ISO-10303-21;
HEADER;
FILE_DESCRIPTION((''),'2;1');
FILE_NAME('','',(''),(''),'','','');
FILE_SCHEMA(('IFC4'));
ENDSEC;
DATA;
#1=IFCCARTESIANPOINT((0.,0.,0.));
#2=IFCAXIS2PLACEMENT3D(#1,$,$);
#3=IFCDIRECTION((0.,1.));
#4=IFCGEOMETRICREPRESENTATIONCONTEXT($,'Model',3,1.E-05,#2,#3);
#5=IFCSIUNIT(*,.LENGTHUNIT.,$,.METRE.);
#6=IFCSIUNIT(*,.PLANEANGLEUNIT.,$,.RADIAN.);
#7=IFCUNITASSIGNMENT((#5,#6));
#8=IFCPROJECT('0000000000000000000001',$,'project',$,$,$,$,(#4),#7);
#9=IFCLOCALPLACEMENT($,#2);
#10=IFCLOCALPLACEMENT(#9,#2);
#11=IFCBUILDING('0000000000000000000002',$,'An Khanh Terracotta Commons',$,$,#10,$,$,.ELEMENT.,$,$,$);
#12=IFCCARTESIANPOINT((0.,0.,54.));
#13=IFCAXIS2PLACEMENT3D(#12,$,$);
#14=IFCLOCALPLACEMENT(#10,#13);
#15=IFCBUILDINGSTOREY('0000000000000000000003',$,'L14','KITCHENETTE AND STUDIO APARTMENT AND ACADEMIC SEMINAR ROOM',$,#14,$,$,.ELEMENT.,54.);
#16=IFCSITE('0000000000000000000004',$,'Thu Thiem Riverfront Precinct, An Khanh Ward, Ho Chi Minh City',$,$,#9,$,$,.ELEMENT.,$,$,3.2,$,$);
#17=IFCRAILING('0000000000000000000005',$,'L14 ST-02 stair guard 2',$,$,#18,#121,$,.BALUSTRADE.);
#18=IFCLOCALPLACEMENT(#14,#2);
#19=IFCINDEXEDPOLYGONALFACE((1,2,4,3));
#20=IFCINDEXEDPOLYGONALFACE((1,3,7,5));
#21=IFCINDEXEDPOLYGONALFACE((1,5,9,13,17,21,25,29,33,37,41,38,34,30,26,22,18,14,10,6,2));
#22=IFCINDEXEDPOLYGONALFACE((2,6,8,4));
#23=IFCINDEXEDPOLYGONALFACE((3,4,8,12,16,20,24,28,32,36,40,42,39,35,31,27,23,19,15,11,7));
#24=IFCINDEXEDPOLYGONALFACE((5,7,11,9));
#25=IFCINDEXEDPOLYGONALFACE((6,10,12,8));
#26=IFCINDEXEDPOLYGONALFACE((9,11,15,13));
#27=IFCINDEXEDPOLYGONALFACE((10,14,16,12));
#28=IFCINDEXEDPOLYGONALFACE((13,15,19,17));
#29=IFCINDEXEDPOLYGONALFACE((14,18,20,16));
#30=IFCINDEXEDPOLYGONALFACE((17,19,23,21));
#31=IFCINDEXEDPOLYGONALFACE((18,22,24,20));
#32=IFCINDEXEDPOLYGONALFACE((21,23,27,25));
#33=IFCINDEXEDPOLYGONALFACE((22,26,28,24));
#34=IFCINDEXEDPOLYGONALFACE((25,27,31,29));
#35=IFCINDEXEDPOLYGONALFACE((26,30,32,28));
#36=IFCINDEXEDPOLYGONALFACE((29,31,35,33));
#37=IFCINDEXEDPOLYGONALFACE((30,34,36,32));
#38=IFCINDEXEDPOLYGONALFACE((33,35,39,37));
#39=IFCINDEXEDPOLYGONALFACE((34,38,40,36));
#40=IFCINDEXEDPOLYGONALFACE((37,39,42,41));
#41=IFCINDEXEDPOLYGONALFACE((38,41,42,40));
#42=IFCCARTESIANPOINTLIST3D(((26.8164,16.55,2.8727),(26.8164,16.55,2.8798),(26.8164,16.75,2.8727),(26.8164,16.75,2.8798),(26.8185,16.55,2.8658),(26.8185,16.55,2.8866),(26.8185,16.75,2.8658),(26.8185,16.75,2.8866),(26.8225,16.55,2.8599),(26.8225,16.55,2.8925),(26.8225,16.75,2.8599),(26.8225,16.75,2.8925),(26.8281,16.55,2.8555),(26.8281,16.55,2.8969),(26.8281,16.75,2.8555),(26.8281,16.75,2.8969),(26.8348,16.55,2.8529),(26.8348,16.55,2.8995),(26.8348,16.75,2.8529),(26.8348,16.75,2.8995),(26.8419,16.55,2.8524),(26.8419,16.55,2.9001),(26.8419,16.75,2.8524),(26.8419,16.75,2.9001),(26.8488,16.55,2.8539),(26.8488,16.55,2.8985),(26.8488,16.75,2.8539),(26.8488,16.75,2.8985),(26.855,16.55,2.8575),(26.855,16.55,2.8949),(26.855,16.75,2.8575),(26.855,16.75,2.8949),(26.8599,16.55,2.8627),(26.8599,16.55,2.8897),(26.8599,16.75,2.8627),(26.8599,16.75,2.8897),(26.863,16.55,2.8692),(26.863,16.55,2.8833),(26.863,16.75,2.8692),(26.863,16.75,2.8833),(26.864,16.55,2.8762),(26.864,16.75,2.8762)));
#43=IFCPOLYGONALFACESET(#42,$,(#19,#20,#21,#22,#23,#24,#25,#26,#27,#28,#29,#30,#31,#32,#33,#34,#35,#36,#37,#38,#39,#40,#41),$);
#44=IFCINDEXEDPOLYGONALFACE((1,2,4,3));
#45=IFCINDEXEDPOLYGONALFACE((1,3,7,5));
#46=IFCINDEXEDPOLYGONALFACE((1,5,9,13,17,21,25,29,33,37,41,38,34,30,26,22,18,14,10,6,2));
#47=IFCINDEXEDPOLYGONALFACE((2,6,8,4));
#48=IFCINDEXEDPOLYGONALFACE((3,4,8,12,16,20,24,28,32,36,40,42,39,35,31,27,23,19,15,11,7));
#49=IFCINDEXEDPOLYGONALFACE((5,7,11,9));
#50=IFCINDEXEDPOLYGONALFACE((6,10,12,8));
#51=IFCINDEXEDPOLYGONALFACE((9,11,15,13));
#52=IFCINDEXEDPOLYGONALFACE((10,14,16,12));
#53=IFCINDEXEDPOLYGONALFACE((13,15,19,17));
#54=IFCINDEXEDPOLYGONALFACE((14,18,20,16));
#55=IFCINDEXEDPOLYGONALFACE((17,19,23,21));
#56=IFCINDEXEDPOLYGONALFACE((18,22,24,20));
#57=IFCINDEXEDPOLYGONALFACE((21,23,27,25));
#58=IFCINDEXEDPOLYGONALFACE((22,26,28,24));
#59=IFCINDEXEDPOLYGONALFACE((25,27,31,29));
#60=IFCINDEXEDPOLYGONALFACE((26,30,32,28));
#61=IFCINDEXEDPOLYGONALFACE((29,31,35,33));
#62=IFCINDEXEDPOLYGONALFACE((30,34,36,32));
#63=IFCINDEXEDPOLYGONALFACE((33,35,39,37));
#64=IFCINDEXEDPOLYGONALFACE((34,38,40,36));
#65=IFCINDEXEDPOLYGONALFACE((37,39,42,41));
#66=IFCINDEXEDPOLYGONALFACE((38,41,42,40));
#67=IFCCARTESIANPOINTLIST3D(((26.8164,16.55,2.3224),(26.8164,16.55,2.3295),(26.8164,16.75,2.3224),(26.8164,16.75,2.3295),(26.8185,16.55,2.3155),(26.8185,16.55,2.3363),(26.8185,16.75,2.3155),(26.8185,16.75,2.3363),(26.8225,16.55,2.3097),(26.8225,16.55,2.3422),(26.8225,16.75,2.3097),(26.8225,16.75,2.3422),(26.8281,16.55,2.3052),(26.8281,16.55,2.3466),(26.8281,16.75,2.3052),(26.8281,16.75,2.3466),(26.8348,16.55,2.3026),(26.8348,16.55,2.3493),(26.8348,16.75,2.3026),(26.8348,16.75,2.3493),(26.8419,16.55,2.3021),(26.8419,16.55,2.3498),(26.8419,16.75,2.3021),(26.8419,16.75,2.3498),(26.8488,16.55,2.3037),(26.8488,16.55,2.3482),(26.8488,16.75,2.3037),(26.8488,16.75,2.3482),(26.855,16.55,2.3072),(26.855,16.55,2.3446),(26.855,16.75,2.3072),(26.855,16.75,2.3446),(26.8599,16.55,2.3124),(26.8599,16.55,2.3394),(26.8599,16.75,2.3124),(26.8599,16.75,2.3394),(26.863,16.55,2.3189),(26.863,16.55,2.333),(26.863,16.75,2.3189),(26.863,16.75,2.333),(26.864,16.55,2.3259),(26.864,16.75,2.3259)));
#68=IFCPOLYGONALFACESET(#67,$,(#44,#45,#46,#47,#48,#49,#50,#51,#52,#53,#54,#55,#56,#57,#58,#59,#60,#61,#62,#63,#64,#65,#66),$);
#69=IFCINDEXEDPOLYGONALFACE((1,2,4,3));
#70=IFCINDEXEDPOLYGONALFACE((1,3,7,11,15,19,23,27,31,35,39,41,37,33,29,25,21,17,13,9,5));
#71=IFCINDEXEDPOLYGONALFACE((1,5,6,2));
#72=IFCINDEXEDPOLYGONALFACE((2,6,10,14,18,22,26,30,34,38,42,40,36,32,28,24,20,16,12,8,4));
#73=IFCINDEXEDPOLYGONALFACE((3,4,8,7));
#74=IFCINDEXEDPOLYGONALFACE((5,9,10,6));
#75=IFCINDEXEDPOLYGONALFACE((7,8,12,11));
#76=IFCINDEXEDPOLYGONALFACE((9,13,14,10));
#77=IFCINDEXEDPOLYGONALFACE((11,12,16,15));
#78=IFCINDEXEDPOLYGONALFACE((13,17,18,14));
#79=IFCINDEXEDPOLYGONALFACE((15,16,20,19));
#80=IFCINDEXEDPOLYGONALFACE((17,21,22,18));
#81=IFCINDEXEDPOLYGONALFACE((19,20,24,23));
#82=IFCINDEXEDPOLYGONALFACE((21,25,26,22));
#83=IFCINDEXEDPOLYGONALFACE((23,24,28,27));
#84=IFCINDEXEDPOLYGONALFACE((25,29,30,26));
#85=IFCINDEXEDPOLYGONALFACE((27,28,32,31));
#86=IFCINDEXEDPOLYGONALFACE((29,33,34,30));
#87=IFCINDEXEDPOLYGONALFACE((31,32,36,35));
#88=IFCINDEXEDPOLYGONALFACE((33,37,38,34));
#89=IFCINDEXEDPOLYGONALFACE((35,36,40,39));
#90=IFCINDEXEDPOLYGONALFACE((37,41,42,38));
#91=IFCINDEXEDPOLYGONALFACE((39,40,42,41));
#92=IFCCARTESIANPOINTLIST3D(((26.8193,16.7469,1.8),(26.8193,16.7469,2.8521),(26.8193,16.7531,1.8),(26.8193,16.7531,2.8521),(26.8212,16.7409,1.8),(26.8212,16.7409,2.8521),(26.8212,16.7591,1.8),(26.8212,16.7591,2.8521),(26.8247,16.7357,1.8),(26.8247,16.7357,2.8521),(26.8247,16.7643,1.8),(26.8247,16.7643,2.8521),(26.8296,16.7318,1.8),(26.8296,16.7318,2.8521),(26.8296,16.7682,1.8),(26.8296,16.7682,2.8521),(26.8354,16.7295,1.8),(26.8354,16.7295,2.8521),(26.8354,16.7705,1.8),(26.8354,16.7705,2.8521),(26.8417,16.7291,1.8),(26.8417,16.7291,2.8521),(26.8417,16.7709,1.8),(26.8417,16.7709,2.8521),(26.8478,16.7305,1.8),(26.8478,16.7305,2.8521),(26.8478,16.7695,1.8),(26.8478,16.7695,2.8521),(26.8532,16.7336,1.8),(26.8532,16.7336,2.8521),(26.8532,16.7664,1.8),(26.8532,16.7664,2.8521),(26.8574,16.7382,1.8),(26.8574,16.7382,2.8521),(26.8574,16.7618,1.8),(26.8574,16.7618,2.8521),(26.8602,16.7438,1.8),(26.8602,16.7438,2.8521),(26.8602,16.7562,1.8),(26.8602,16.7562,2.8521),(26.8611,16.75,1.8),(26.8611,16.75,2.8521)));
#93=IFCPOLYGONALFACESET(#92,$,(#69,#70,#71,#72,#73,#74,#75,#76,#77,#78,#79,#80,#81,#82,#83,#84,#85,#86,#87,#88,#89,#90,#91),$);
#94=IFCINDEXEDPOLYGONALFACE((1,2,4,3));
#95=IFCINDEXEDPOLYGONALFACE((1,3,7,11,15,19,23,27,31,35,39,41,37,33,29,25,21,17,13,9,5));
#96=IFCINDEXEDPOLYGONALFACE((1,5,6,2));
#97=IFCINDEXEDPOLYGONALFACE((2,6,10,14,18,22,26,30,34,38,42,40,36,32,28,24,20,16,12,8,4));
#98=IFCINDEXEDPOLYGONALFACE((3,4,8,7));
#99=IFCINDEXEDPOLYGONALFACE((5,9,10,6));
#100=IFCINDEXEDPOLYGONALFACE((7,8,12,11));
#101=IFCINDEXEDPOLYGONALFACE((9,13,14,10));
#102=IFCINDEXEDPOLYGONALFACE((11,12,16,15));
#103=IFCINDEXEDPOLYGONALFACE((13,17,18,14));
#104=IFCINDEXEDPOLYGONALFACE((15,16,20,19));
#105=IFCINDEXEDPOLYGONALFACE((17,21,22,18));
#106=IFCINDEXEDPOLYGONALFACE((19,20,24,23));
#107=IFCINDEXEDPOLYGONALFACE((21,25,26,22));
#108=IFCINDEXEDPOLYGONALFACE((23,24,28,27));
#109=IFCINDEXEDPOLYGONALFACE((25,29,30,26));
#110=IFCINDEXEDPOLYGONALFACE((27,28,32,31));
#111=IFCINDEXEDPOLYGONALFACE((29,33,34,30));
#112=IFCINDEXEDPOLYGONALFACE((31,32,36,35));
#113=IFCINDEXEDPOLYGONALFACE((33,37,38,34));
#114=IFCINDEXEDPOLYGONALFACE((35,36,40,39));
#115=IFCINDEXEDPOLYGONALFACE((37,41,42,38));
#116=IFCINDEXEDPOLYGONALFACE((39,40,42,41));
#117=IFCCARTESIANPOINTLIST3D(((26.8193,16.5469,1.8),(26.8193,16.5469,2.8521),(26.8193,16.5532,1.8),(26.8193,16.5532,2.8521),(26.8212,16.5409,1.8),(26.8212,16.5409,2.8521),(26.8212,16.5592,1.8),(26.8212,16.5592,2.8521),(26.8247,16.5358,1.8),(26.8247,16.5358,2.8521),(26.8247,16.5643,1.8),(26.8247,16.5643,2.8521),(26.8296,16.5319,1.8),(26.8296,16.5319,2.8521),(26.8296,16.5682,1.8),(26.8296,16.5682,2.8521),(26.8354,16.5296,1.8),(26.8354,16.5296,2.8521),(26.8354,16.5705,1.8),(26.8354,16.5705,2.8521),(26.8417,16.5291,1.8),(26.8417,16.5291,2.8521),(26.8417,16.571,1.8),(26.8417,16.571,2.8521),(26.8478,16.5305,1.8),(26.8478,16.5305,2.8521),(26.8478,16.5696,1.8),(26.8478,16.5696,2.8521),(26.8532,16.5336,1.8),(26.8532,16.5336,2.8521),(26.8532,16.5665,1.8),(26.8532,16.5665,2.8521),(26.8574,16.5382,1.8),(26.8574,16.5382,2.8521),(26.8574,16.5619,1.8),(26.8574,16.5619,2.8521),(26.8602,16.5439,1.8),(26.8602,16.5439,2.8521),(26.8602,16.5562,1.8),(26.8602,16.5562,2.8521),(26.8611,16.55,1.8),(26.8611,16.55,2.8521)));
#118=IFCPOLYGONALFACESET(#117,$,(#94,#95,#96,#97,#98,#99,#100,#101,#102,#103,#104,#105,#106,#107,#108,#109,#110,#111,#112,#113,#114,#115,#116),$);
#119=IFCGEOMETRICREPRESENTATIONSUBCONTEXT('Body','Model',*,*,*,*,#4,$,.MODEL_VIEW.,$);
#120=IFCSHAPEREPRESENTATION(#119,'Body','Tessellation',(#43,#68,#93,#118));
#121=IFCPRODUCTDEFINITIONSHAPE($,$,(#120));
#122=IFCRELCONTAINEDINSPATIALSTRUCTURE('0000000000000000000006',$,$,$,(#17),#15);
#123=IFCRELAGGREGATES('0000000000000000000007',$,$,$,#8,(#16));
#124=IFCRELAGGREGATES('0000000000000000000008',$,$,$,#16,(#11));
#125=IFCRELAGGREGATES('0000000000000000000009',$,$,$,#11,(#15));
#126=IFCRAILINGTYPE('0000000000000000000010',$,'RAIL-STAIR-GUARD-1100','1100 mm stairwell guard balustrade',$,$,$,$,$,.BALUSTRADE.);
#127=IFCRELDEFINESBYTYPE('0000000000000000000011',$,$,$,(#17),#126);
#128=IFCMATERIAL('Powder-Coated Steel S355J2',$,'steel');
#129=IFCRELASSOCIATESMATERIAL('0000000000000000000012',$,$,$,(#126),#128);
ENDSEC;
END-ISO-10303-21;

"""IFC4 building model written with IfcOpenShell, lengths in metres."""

from ifc_helpers import new_model, si_unit, direction, frame, origin, origin_2d, place, context, subcontext, project, spatial, circle, extrude, material, type_object, element, save


model = new_model("IFC4")

# Units and contexts
model_context = context("Model", 3, precision=1e-05, world=origin(), true_north=direction((0.0, 1.0)))
body_context = subcontext(model_context, "Body", "Model", "MODEL_VIEW")
ifc_project = project(units=[si_unit("LENGTHUNIT", "METRE"), si_unit("PLANEANGLEUNIT", "RADIAN")], contexts=[model_context])

# Site, building, storey
site_placement = place(None, origin())
site = spatial("IfcSite", under=ifc_project, at=site_placement, Name="Thu Thiem Riverfront Precinct, An Khanh Ward, Ho Chi Minh City", CompositionType="ELEMENT", RefElevation=3.2)
building_placement = place(site_placement, origin())
building = spatial("IfcBuilding", under=site, at=building_placement, Name="An Khanh Terracotta Commons", CompositionType="ELEMENT")
storey_placement = place(building_placement, frame((0.0, 0.0, 54.0)))
storey = spatial("IfcBuildingStorey", under=building, at=storey_placement, Name="L14", Description="KITCHENETTE AND STUDIO APARTMENT AND ACADEMIC SEMINAR ROOM", CompositionType="ELEMENT", Elevation=54.0)

# Railing
ifc_material_1 = material(Name="Powder-Coated Steel S355J2", Category="steel")
railing_type_1 = type_object("IfcRailingType", Name="RAIL-STAIR-GUARD-1100", Description="1100 mm stairwell guard balustrade", PredefinedType="BALUSTRADE", material=ifc_material_1)
railing_1_placement = place(storey_placement, frame((26.8401, 16.75, 1.8)))
element("IfcRailing", 1, at=railing_1_placement, inside=storey, type_object=railing_type_1, Name="L14 ST-02 stair guard 2", PredefinedType="BALUSTRADE", context=body_context, shape_type="SweptSolid", body=[
    extrude(circle(Radius=0.0239, at=origin_2d()), frame((0.0, 0.0, 1.0762), z_axis=(0.0, -1.0, 0.0), x_axis=(1.0, 0.0, 0.0)), (0.0, 0.0, 1.0), 0.2),
    extrude(circle(Radius=0.0239, at=origin_2d()), frame((0.0, 0.0, 0.5259), z_axis=(0.0, -1.0, 0.0), x_axis=(1.0, 0.0, 0.0)), (0.0, 0.0, 1.0), 0.2),
    extrude(circle(Radius=0.021, at=origin_2d()), origin(), (0.0, 0.0, 1.0), 1.052),
    extrude(circle(Radius=0.021, at=origin_2d()), frame((0.0, -0.2, 0.0)), (0.0, 0.0, 1.0), 1.052),
])

save(model, "model.ifc")
